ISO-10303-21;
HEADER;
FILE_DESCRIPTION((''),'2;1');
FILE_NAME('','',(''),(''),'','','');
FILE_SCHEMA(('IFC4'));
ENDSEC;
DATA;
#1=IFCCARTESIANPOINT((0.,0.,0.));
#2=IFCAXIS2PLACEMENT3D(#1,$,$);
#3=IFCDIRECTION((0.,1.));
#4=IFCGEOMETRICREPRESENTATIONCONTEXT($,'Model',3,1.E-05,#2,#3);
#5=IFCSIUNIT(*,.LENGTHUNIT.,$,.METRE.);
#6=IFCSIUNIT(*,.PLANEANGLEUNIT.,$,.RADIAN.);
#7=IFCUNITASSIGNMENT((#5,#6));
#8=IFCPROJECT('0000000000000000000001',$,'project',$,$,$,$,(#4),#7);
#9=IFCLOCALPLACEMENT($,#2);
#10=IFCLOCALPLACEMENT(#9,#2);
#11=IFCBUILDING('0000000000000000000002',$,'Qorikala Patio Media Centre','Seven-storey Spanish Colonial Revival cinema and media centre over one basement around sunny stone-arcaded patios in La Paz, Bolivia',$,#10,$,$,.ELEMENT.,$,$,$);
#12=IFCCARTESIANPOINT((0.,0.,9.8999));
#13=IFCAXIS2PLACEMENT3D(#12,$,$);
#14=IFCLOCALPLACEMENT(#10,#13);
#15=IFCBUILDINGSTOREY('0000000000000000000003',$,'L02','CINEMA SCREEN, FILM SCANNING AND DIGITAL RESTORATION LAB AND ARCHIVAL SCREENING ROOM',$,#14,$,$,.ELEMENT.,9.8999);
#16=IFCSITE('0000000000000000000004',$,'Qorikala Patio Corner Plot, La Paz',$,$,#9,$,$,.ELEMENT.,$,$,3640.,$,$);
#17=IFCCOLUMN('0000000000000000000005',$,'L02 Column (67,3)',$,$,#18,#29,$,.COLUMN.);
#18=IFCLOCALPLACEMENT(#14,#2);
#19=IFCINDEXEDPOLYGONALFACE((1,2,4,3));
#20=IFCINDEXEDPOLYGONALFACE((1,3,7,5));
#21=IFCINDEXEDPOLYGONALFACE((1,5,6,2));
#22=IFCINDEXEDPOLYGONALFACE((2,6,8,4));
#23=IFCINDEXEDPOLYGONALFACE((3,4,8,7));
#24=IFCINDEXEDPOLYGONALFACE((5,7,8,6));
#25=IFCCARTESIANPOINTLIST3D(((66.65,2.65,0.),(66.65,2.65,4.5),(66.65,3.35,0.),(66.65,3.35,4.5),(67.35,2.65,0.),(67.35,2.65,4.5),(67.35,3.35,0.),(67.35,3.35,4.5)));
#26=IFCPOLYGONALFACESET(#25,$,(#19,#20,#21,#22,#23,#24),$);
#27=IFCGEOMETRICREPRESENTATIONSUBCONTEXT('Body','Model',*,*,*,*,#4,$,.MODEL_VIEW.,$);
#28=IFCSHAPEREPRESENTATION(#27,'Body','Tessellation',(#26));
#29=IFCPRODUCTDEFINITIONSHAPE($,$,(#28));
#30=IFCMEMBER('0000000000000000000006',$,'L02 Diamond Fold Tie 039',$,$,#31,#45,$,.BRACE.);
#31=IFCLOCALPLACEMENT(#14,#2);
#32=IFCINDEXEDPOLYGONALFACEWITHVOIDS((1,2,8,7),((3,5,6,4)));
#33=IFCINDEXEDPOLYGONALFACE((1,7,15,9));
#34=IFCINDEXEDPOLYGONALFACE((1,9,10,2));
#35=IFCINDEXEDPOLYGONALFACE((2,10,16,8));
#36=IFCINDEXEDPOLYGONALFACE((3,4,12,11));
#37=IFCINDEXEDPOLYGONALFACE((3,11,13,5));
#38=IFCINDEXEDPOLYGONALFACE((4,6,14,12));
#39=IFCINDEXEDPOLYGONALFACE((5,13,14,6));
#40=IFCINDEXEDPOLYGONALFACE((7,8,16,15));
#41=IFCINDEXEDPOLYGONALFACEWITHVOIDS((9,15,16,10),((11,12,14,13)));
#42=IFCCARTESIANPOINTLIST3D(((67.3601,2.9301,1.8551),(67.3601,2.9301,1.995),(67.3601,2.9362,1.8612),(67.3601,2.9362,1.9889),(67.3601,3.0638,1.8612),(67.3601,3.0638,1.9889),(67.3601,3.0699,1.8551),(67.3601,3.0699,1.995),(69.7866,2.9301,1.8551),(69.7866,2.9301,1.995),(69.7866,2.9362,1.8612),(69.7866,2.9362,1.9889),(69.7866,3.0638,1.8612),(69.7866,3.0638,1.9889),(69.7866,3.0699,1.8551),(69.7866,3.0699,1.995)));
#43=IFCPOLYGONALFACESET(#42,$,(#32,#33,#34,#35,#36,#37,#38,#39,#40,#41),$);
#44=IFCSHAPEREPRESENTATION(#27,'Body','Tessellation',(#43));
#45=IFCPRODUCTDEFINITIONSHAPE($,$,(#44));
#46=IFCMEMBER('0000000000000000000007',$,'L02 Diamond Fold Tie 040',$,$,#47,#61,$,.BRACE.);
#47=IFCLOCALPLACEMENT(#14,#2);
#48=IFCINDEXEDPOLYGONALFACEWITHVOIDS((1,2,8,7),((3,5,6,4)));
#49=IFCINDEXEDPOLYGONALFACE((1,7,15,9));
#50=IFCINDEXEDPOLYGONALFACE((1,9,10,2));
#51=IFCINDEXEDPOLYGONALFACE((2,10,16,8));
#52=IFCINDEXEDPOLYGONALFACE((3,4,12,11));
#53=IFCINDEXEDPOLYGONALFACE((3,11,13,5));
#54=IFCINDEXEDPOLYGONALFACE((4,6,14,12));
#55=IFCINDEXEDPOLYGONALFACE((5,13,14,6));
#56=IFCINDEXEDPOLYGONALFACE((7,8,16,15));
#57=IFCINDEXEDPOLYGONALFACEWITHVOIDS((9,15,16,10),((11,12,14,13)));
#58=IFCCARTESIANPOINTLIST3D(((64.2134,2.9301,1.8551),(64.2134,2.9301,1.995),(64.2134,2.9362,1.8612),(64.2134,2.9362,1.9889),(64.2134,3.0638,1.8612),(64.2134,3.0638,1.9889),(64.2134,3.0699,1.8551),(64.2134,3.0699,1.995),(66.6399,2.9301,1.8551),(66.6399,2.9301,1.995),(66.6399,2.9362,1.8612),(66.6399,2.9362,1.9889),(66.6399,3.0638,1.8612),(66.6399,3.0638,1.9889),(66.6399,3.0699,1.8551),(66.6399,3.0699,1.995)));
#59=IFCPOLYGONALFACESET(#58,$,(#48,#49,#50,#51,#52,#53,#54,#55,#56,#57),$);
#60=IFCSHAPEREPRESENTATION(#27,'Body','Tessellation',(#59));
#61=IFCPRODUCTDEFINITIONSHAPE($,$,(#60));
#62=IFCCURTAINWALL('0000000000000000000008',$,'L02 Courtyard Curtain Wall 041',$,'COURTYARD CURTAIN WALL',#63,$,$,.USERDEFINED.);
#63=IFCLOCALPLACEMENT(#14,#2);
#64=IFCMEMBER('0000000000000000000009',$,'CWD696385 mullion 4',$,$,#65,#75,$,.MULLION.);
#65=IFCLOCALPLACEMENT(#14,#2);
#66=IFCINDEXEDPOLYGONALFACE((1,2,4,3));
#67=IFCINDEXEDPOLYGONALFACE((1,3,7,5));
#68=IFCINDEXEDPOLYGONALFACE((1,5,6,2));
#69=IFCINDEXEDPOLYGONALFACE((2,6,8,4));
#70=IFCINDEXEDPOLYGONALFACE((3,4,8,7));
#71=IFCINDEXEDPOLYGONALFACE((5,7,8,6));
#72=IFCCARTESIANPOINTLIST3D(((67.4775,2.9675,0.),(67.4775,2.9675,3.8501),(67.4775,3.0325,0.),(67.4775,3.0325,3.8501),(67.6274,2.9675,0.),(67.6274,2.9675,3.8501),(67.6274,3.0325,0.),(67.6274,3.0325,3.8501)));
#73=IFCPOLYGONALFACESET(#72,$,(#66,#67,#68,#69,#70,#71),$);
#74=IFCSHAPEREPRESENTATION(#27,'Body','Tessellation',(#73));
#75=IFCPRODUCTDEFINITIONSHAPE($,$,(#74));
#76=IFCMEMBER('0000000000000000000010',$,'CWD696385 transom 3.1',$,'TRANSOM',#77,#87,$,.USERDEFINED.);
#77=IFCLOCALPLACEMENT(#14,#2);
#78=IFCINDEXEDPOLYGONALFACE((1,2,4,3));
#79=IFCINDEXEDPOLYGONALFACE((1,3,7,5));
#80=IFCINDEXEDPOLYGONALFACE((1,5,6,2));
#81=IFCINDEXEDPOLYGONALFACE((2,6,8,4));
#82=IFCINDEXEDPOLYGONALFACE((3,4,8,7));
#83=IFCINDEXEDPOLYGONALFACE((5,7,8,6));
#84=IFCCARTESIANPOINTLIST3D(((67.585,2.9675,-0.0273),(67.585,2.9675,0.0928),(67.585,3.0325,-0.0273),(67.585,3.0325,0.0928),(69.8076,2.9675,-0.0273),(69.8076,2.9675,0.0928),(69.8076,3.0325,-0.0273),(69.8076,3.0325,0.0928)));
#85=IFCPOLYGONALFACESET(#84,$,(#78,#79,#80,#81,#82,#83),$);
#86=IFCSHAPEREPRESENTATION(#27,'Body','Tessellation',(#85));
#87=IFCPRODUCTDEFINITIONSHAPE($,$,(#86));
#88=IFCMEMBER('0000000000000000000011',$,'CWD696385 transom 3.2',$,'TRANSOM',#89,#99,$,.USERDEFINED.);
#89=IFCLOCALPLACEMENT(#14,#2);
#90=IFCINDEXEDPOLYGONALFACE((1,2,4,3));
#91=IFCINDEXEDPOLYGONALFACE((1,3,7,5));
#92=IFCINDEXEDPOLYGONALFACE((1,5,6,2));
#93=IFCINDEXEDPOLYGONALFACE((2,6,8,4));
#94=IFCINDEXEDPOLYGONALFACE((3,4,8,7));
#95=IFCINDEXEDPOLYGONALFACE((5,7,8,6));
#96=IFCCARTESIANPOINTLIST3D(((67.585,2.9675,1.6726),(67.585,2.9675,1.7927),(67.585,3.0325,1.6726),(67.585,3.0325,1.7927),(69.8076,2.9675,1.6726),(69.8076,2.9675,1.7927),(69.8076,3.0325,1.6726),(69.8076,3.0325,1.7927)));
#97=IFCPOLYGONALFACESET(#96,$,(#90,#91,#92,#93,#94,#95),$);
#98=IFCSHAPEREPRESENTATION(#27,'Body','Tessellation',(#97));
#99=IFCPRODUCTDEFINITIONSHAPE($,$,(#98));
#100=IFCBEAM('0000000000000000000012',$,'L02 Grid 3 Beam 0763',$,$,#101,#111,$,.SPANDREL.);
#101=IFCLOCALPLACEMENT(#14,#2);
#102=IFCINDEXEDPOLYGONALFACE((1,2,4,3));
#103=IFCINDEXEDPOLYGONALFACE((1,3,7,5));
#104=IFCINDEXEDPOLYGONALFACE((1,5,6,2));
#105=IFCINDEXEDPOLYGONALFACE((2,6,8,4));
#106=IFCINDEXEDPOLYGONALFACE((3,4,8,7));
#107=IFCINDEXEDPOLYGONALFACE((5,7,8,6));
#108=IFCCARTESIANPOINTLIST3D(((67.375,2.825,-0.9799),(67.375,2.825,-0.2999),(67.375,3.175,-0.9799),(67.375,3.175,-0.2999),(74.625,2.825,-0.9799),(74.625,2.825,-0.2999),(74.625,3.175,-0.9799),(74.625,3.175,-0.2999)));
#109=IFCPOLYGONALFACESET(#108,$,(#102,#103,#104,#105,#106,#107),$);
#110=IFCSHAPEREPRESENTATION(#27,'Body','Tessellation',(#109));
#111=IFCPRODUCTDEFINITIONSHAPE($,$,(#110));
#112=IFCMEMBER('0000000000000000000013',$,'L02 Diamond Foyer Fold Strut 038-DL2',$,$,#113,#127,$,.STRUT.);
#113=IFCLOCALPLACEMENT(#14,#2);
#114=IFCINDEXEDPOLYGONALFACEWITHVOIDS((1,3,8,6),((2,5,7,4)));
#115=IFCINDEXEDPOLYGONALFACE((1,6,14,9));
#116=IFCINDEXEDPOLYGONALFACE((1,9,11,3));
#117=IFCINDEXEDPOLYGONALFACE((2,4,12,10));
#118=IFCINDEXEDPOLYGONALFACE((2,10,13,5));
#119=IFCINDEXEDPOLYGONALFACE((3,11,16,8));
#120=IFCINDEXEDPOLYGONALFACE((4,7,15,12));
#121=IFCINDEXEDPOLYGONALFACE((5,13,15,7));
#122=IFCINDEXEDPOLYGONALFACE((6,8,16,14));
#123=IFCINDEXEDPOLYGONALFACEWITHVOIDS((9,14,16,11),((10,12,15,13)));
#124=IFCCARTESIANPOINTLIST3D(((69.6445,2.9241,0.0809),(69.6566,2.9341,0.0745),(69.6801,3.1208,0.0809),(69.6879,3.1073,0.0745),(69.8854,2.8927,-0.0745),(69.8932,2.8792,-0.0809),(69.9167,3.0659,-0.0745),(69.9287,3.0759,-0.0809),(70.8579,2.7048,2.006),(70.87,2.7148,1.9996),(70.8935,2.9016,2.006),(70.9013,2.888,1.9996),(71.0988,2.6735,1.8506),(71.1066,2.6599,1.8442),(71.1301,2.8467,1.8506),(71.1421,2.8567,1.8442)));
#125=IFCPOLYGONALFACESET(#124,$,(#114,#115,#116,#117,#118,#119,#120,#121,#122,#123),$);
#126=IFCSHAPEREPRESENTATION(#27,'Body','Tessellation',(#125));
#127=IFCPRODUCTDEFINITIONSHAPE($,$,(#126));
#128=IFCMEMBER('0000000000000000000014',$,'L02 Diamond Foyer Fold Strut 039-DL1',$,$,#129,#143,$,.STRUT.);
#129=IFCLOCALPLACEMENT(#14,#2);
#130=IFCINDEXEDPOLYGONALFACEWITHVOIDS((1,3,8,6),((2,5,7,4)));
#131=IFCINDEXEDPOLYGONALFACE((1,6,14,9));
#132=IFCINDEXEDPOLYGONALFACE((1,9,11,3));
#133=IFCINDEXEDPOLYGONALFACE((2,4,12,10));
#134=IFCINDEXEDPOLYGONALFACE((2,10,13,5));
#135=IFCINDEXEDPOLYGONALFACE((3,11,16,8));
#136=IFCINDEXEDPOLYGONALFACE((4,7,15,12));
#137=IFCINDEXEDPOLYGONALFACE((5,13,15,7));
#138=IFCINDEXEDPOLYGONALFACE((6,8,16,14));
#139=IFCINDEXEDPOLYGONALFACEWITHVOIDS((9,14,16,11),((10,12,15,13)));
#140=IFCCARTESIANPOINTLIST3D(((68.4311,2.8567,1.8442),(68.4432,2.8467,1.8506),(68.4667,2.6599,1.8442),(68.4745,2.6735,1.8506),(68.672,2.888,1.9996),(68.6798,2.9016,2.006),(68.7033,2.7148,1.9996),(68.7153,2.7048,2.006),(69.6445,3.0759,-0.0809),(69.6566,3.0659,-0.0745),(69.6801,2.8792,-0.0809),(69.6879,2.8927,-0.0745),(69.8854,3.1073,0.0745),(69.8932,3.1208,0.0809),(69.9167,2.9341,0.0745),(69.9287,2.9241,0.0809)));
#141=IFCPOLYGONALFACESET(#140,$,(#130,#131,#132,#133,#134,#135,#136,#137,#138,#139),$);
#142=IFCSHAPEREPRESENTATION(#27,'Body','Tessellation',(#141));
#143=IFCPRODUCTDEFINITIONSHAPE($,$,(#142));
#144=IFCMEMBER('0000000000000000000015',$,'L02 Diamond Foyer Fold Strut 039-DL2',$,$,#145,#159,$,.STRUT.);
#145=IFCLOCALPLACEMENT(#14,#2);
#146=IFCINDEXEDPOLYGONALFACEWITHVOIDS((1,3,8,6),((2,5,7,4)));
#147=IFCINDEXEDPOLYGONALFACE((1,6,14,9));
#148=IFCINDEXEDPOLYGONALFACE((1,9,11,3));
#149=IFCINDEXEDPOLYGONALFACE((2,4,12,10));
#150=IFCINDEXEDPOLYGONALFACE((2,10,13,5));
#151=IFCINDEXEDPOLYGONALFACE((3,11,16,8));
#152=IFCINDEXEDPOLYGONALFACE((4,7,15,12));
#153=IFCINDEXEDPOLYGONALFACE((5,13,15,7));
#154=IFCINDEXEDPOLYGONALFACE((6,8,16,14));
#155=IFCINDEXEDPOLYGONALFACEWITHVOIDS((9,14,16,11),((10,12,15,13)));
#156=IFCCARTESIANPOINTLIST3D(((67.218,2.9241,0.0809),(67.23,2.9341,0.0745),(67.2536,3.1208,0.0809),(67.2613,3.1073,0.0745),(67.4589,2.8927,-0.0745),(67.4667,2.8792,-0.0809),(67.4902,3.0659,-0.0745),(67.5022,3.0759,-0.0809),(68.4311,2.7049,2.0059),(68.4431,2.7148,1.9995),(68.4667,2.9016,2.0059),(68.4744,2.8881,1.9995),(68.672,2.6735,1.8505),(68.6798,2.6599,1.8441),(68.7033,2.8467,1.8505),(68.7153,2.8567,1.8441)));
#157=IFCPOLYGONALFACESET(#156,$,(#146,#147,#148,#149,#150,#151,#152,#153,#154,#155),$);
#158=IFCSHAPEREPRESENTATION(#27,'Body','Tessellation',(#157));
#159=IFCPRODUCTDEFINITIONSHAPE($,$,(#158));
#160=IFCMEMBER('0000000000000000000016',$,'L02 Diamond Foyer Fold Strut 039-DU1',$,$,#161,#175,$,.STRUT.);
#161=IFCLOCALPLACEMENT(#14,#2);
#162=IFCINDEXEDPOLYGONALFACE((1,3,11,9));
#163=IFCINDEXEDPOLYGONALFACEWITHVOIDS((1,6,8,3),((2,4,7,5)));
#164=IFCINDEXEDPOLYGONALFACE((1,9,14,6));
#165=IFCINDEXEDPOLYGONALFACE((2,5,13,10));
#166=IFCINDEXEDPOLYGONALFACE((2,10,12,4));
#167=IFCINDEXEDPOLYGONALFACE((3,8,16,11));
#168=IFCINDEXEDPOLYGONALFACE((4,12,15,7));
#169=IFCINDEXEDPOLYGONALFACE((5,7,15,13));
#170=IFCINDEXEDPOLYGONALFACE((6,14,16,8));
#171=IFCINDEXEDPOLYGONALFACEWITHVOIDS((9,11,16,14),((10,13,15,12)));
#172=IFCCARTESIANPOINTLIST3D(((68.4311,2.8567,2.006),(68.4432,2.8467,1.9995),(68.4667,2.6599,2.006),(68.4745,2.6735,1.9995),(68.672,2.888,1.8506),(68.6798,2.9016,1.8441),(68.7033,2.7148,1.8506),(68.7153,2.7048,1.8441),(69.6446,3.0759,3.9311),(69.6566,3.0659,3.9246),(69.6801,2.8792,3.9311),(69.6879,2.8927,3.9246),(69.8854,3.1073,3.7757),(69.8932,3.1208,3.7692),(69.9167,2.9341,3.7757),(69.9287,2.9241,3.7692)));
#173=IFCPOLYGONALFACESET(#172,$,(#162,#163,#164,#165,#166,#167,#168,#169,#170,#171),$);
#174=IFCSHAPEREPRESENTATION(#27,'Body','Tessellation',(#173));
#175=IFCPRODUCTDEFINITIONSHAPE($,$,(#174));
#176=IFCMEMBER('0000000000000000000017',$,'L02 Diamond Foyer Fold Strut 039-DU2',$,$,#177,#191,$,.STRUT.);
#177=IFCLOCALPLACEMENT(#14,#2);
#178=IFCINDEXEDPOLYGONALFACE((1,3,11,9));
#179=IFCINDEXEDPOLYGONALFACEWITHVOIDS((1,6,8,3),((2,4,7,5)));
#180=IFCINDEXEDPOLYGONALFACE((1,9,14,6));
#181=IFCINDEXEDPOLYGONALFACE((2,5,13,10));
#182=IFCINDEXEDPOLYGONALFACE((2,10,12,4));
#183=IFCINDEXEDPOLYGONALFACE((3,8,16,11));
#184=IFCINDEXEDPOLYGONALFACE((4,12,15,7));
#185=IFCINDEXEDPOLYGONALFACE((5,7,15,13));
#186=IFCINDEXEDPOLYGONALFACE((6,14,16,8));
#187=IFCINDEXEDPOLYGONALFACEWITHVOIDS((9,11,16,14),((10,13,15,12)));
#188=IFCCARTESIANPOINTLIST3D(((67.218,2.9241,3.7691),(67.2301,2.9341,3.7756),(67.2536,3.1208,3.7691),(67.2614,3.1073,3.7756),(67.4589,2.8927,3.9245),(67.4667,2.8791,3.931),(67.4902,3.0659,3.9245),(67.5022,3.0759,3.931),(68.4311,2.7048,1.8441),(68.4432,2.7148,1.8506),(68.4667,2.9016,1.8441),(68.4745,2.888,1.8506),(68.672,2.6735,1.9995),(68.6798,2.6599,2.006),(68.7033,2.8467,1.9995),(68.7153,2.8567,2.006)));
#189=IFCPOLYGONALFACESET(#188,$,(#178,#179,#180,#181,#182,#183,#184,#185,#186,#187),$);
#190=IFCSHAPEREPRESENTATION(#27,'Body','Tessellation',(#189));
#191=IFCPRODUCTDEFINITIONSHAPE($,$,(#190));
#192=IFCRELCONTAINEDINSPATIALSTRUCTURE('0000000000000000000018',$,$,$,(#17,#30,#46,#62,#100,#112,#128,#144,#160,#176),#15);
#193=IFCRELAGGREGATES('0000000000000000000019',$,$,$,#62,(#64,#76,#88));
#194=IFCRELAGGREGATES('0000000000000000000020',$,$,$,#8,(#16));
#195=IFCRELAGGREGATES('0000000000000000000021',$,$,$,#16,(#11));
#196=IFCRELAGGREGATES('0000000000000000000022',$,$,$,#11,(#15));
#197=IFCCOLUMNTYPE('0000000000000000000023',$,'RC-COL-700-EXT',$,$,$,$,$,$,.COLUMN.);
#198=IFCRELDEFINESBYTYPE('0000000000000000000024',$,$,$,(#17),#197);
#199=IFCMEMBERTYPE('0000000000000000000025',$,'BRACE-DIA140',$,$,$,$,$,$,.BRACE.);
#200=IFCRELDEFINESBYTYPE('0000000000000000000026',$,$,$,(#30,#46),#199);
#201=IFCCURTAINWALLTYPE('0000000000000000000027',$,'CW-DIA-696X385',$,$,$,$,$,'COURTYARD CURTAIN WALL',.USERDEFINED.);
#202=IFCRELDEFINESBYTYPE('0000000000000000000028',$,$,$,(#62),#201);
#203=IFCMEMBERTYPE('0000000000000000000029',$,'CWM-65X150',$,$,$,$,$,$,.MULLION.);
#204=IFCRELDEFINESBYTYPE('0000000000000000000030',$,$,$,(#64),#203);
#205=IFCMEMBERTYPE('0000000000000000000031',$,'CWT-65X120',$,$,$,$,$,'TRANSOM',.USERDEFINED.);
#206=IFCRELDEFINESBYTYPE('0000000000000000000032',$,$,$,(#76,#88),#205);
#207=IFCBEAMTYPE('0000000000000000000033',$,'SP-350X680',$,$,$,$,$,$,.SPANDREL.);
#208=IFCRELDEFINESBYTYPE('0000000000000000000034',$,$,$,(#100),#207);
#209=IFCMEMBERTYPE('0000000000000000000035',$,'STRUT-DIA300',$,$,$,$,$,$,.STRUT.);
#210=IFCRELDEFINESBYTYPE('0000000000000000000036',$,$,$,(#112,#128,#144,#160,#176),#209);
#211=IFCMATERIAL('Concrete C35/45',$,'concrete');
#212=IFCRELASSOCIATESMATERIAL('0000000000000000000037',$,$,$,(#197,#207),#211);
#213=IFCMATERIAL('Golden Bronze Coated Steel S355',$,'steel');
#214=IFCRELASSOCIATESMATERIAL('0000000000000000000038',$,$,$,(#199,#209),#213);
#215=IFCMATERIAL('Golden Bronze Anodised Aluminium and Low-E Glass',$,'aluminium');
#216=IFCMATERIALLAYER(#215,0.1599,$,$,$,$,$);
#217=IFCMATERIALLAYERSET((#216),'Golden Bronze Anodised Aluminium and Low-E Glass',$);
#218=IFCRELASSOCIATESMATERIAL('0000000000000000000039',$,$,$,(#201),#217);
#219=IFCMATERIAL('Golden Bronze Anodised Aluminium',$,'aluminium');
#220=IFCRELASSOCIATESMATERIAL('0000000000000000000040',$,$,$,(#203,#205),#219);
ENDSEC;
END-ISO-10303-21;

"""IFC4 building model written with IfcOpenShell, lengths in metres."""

from ifc_helpers import new_model, si_unit, direction, frame, origin, origin_2d, place, context, subcontext, project, spatial, rectangle, hollow_rectangle, extrude, material, layer, layer_set, material_profile, profile_set, type_object, element, aggregate, save


model = new_model("IFC4")

# Units and contexts
model_context = context("Model", 3, precision=1e-05, world=origin(), true_north=direction((0.0, 1.0)))
body_context = subcontext(model_context, "Body", "Model", "MODEL_VIEW")
ifc_project = project(units=[si_unit("LENGTHUNIT", "METRE"), si_unit("PLANEANGLEUNIT", "RADIAN")], contexts=[model_context])

# Site, building, storey
site_placement = place(None, origin())
site = spatial("IfcSite", under=ifc_project, at=site_placement, Name="Qorikala Patio Corner Plot, La Paz", CompositionType="ELEMENT", RefElevation=3640.0)
building_placement = place(site_placement, origin())
building = spatial("IfcBuilding", under=site, at=building_placement, Name="Qorikala Patio Media Centre", Description="Seven-storey Spanish Colonial Revival cinema and media centre over one basement around sunny stone-arcaded patios in La Paz, Bolivia", CompositionType="ELEMENT")
storey_placement = place(building_placement, frame((0.0, 0.0, 9.8999)))
storey = spatial("IfcBuildingStorey", under=building, at=storey_placement, Name="L02", Description="CINEMA SCREEN, FILM SCANNING AND DIGITAL RESTORATION LAB AND ARCHIVAL SCREENING ROOM", CompositionType="ELEMENT", Elevation=9.8999)

# Column
ifc_material_1 = material(Name="Concrete C35/45", Category="concrete")
ifc_material_profile_1 = material_profile(ifc_material_1, rectangle(XDim=0.7, YDim=0.7, at=origin_2d()), Name="RC 700x700")
ifc_profile_set_1 = profile_set([ifc_material_profile_1], Name="Concrete C35/45")
column_type = type_object("IfcColumnType", Name="RC-COL-700-EXT", PredefinedType="COLUMN", material=ifc_profile_set_1)
column_placement = place(storey_placement, frame((67.0, 3.0, 0.0), z_axis=(0.0, 0.0, 1.0), x_axis=(1.0, 0.0, 0.0)))
element("IfcColumn", 1, at=column_placement, inside=storey, type_object=column_type, Name="L02 Column (67,3)", PredefinedType="COLUMN", context=body_context, shape_type="SweptSolid", body=[
    extrude(rectangle(XDim=0.7, YDim=0.7, at=origin_2d()), origin(), (0.0, 0.0, 1.0), 4.5),
])

# Members
ifc_material_2 = material(Name="Golden Bronze Coated Steel S355", Category="steel")
ifc_material_profile_2 = material_profile(ifc_material_2, hollow_rectangle(XDim=0.1399, YDim=0.1399, WallThickness=0.0061, at=origin_2d()), Name="HSS140X140X6")
ifc_profile_set_2 = profile_set([ifc_material_profile_2], Name="Golden Bronze Coated Steel S355")
member_type_1 = type_object("IfcMemberType", Name="BRACE-DIA140", PredefinedType="BRACE", material=ifc_profile_set_2)
for number, where, z_axis, x_axis, name in (
    (2, (69.7866, 3.0, 1.925), (-1.0, 0.0, 0.0), (0.0, -1.0, 0.0), "L02 Diamond Fold Tie 039"),
    (3, (66.6399, 3.0, 1.925), (-1.0, 0.0, 0.0), (0.0, -1.0, 0.0), "L02 Diamond Fold Tie 040"),
):
    element("IfcMember", number, at=place(storey_placement, frame(where, z_axis=z_axis, x_axis=x_axis)), inside=storey, type_object=member_type_1, Name=name, PredefinedType="BRACE", context=body_context, shape_type="SweptSolid", body=[
        extrude(hollow_rectangle(XDim=0.1399, YDim=0.1399, WallThickness=0.0061, at=origin_2d()), origin(), (0.0, 0.0, 1.0), 2.4265),
    ])

# Curtain wall, members
ifc_material_3 = material(Name="Golden Bronze Anodised Aluminium and Low-E Glass", Category="aluminium")
ifc_layer_1 = layer(ifc_material_3, 0.1599)
ifc_layer_set_1 = layer_set([ifc_layer_1], Name="Golden Bronze Anodised Aluminium and Low-E Glass")
curtain_wall_type = type_object("IfcCurtainWallType", Name="CW-DIA-696X385", ElementType="COURTYARD CURTAIN WALL", PredefinedType="USERDEFINED", material=ifc_layer_set_1)
curtain_wall_placement = place(storey_placement, origin())
curtain_wall = element("IfcCurtainWall", 4, at=curtain_wall_placement, inside=storey, type_object=curtain_wall_type, Name="L02 Courtyard Curtain Wall 041", ObjectType="COURTYARD CURTAIN WALL", PredefinedType="USERDEFINED")
ifc_material_4 = material(Name="Golden Bronze Anodised Aluminium", Category="aluminium")
ifc_material_profile_3 = material_profile(ifc_material_4, rectangle(XDim=0.0649, YDim=0.1499, at=origin_2d()), Name="ALU MULLION 65x150")
ifc_profile_set_3 = profile_set([ifc_material_profile_3], Name="Golden Bronze Anodised Aluminium")
member_type_2 = type_object("IfcMemberType", Name="CWM-65X150", PredefinedType="MULLION", material=ifc_profile_set_3)
member_1_placement = place(storey_placement, frame((67.5525, 3.0, 0.0), z_axis=(0.0, 0.0, 1.0), x_axis=(0.0, -1.0, 0.0)))
member_1 = element("IfcMember", 5, at=member_1_placement, type_object=member_type_2, Name="CWD696385 mullion 4", PredefinedType="MULLION", context=body_context, shape_type="SweptSolid", body=[
    extrude(rectangle(XDim=0.0649, YDim=0.1499, at=origin_2d()), origin(), (0.0, 0.0, 1.0), 3.8501),
])
ifc_material_profile_4 = material_profile(ifc_material_4, rectangle(XDim=0.0649, YDim=0.1201, at=origin_2d()), Name="ALU TRANSOM 65x120")
ifc_profile_set_4 = profile_set([ifc_material_profile_4], Name="Golden Bronze Anodised Aluminium")
member_type_3 = type_object("IfcMemberType", Name="CWT-65X120", ElementType="TRANSOM", PredefinedType="USERDEFINED", material=ifc_profile_set_4)
member_2_placement = place(storey_placement, frame((69.8076, 3.0, 0.0327), z_axis=(-1.0, 0.0, 0.0), x_axis=(0.0, -1.0, 0.0)))
member_2 = element("IfcMember", 6, at=member_2_placement, type_object=member_type_3, Name="CWD696385 transom 3.1", ObjectType="TRANSOM", PredefinedType="USERDEFINED", context=body_context, shape_type="SweptSolid", body=[
    extrude(rectangle(XDim=0.0649, YDim=0.1201, at=origin_2d()), origin(), (0.0, 0.0, 1.0), 2.2227),
])
member_3_placement = place(storey_placement, frame((69.8076, 3.0, 1.7327), z_axis=(-1.0, 0.0, 0.0), x_axis=(0.0, -1.0, 0.0)))
member_3 = element("IfcMember", 7, at=member_3_placement, type_object=member_type_3, Name="CWD696385 transom 3.2", ObjectType="TRANSOM", PredefinedType="USERDEFINED", context=body_context, shape_type="SweptSolid", body=[
    extrude(rectangle(XDim=0.0649, YDim=0.1201, at=origin_2d()), origin(), (0.0, 0.0, 1.0), 2.2227),
])

# Beam
ifc_material_profile_5 = material_profile(ifc_material_1, rectangle(XDim=0.3501, YDim=0.6799, at=origin_2d()), Name="RC 350x680")
ifc_profile_set_5 = profile_set([ifc_material_profile_5], Name="Concrete C35/45")
beam_type = type_object("IfcBeamType", Name="SP-350X680", PredefinedType="SPANDREL", material=ifc_profile_set_5)
beam_placement = place(storey_placement, frame((67.375, 3.0, -0.6399), z_axis=(1.0, 0.0, 0.0), x_axis=(0.0, 1.0, 0.0)))
element("IfcBeam", 8, at=beam_placement, inside=storey, type_object=beam_type, Name="L02 Grid 3 Beam 0763", PredefinedType="SPANDREL", context=body_context, shape_type="SweptSolid", body=[
    extrude(rectangle(XDim=0.3501, YDim=0.6799, at=origin_2d()), origin(), (0.0, 0.0, 1.0), 7.25),
])

# Members
ifc_material_profile_6 = material_profile(ifc_material_2, hollow_rectangle(XDim=0.2, YDim=0.3, WallThickness=0.012, at=origin_2d()), Name="HSS300X200X12")
ifc_profile_set_6 = profile_set([ifc_material_profile_6], Name="Golden Bronze Coated Steel S355")
member_type_4 = type_object("IfcMemberType", Name="STRUT-DIA300", PredefinedType="STRUT", material=ifc_profile_set_6)
for number, where, z_axis, x_axis, name in (
    (9, (69.7866, 3.0, 0.0), (0.530768, -0.095901, 0.842074), (0.177805, 0.984066, 0.0), "L02 Diamond Foyer Fold Strut 038-DL2"),
    (10, (69.7866, 3.0, 0.0), (-0.530768, -0.095901, 0.842074), (0.177805, -0.984066, 0.0), "L02 Diamond Foyer Fold Strut 039-DL1"),
):
    element("IfcMember", number, at=place(storey_placement, frame(where, z_axis=z_axis, x_axis=x_axis)), inside=storey, type_object=member_type_4, Name=name, PredefinedType="STRUT", context=body_context, shape_type="SweptSolid", body=[
        extrude(hollow_rectangle(XDim=0.2, YDim=0.3, WallThickness=0.012, at=origin_2d()), origin(), (0.0, 0.0, 1.0), 2.2861),
    ])
member_4_placement = place(storey_placement, frame((67.3601, 3.0, 0.0), z_axis=(0.530691, -0.095907, 0.842121), x_axis=(0.17784, 0.984059, 0.0)))
element("IfcMember", 11, at=member_4_placement, inside=storey, type_object=member_type_4, Name="L02 Diamond Foyer Fold Strut 039-DL2", PredefinedType="STRUT", context=body_context, shape_type="SweptSolid", body=[
    extrude(hollow_rectangle(XDim=0.2, YDim=0.3, WallThickness=0.012, at=origin_2d()), origin(), (0.0, 0.0, 1.0), 2.2859),
])
member_5_placement = place(storey_placement, frame((68.5732, 2.7808, 1.925), z_axis=(0.530768, 0.095901, 0.842074), x_axis=(-0.177805, 0.984066, 0.0)))
element("IfcMember", 12, at=member_5_placement, inside=storey, type_object=member_type_4, Name="L02 Diamond Foyer Fold Strut 039-DU1", PredefinedType="STRUT", context=body_context, shape_type="SweptSolid", body=[
    extrude(hollow_rectangle(XDim=0.2, YDim=0.3, WallThickness=0.012, at=origin_2d()), origin(), (0.0, 0.0, 1.0), 2.2861),
])
for number, where, z_axis, x_axis, name in (
    (13, (68.5732, 2.7808, 1.925), (-0.530691, 0.095907, 0.842121), (-0.17784, -0.984059, 0.0), "L02 Diamond Foyer Fold Strut 039-DU2"),
):
    element("IfcMember", number, at=place(storey_placement, frame(where, z_axis=z_axis, x_axis=x_axis)), inside=storey, type_object=member_type_4, Name=name, PredefinedType="STRUT", context=body_context, shape_type="SweptSolid", body=[
        extrude(hollow_rectangle(XDim=0.2, YDim=0.3, WallThickness=0.012, at=origin_2d()), origin(), (0.0, 0.0, 1.0), 2.2859),
    ])

aggregate(curtain_wall, [member_1, member_2, member_3])

save(model, "model.ifc")
